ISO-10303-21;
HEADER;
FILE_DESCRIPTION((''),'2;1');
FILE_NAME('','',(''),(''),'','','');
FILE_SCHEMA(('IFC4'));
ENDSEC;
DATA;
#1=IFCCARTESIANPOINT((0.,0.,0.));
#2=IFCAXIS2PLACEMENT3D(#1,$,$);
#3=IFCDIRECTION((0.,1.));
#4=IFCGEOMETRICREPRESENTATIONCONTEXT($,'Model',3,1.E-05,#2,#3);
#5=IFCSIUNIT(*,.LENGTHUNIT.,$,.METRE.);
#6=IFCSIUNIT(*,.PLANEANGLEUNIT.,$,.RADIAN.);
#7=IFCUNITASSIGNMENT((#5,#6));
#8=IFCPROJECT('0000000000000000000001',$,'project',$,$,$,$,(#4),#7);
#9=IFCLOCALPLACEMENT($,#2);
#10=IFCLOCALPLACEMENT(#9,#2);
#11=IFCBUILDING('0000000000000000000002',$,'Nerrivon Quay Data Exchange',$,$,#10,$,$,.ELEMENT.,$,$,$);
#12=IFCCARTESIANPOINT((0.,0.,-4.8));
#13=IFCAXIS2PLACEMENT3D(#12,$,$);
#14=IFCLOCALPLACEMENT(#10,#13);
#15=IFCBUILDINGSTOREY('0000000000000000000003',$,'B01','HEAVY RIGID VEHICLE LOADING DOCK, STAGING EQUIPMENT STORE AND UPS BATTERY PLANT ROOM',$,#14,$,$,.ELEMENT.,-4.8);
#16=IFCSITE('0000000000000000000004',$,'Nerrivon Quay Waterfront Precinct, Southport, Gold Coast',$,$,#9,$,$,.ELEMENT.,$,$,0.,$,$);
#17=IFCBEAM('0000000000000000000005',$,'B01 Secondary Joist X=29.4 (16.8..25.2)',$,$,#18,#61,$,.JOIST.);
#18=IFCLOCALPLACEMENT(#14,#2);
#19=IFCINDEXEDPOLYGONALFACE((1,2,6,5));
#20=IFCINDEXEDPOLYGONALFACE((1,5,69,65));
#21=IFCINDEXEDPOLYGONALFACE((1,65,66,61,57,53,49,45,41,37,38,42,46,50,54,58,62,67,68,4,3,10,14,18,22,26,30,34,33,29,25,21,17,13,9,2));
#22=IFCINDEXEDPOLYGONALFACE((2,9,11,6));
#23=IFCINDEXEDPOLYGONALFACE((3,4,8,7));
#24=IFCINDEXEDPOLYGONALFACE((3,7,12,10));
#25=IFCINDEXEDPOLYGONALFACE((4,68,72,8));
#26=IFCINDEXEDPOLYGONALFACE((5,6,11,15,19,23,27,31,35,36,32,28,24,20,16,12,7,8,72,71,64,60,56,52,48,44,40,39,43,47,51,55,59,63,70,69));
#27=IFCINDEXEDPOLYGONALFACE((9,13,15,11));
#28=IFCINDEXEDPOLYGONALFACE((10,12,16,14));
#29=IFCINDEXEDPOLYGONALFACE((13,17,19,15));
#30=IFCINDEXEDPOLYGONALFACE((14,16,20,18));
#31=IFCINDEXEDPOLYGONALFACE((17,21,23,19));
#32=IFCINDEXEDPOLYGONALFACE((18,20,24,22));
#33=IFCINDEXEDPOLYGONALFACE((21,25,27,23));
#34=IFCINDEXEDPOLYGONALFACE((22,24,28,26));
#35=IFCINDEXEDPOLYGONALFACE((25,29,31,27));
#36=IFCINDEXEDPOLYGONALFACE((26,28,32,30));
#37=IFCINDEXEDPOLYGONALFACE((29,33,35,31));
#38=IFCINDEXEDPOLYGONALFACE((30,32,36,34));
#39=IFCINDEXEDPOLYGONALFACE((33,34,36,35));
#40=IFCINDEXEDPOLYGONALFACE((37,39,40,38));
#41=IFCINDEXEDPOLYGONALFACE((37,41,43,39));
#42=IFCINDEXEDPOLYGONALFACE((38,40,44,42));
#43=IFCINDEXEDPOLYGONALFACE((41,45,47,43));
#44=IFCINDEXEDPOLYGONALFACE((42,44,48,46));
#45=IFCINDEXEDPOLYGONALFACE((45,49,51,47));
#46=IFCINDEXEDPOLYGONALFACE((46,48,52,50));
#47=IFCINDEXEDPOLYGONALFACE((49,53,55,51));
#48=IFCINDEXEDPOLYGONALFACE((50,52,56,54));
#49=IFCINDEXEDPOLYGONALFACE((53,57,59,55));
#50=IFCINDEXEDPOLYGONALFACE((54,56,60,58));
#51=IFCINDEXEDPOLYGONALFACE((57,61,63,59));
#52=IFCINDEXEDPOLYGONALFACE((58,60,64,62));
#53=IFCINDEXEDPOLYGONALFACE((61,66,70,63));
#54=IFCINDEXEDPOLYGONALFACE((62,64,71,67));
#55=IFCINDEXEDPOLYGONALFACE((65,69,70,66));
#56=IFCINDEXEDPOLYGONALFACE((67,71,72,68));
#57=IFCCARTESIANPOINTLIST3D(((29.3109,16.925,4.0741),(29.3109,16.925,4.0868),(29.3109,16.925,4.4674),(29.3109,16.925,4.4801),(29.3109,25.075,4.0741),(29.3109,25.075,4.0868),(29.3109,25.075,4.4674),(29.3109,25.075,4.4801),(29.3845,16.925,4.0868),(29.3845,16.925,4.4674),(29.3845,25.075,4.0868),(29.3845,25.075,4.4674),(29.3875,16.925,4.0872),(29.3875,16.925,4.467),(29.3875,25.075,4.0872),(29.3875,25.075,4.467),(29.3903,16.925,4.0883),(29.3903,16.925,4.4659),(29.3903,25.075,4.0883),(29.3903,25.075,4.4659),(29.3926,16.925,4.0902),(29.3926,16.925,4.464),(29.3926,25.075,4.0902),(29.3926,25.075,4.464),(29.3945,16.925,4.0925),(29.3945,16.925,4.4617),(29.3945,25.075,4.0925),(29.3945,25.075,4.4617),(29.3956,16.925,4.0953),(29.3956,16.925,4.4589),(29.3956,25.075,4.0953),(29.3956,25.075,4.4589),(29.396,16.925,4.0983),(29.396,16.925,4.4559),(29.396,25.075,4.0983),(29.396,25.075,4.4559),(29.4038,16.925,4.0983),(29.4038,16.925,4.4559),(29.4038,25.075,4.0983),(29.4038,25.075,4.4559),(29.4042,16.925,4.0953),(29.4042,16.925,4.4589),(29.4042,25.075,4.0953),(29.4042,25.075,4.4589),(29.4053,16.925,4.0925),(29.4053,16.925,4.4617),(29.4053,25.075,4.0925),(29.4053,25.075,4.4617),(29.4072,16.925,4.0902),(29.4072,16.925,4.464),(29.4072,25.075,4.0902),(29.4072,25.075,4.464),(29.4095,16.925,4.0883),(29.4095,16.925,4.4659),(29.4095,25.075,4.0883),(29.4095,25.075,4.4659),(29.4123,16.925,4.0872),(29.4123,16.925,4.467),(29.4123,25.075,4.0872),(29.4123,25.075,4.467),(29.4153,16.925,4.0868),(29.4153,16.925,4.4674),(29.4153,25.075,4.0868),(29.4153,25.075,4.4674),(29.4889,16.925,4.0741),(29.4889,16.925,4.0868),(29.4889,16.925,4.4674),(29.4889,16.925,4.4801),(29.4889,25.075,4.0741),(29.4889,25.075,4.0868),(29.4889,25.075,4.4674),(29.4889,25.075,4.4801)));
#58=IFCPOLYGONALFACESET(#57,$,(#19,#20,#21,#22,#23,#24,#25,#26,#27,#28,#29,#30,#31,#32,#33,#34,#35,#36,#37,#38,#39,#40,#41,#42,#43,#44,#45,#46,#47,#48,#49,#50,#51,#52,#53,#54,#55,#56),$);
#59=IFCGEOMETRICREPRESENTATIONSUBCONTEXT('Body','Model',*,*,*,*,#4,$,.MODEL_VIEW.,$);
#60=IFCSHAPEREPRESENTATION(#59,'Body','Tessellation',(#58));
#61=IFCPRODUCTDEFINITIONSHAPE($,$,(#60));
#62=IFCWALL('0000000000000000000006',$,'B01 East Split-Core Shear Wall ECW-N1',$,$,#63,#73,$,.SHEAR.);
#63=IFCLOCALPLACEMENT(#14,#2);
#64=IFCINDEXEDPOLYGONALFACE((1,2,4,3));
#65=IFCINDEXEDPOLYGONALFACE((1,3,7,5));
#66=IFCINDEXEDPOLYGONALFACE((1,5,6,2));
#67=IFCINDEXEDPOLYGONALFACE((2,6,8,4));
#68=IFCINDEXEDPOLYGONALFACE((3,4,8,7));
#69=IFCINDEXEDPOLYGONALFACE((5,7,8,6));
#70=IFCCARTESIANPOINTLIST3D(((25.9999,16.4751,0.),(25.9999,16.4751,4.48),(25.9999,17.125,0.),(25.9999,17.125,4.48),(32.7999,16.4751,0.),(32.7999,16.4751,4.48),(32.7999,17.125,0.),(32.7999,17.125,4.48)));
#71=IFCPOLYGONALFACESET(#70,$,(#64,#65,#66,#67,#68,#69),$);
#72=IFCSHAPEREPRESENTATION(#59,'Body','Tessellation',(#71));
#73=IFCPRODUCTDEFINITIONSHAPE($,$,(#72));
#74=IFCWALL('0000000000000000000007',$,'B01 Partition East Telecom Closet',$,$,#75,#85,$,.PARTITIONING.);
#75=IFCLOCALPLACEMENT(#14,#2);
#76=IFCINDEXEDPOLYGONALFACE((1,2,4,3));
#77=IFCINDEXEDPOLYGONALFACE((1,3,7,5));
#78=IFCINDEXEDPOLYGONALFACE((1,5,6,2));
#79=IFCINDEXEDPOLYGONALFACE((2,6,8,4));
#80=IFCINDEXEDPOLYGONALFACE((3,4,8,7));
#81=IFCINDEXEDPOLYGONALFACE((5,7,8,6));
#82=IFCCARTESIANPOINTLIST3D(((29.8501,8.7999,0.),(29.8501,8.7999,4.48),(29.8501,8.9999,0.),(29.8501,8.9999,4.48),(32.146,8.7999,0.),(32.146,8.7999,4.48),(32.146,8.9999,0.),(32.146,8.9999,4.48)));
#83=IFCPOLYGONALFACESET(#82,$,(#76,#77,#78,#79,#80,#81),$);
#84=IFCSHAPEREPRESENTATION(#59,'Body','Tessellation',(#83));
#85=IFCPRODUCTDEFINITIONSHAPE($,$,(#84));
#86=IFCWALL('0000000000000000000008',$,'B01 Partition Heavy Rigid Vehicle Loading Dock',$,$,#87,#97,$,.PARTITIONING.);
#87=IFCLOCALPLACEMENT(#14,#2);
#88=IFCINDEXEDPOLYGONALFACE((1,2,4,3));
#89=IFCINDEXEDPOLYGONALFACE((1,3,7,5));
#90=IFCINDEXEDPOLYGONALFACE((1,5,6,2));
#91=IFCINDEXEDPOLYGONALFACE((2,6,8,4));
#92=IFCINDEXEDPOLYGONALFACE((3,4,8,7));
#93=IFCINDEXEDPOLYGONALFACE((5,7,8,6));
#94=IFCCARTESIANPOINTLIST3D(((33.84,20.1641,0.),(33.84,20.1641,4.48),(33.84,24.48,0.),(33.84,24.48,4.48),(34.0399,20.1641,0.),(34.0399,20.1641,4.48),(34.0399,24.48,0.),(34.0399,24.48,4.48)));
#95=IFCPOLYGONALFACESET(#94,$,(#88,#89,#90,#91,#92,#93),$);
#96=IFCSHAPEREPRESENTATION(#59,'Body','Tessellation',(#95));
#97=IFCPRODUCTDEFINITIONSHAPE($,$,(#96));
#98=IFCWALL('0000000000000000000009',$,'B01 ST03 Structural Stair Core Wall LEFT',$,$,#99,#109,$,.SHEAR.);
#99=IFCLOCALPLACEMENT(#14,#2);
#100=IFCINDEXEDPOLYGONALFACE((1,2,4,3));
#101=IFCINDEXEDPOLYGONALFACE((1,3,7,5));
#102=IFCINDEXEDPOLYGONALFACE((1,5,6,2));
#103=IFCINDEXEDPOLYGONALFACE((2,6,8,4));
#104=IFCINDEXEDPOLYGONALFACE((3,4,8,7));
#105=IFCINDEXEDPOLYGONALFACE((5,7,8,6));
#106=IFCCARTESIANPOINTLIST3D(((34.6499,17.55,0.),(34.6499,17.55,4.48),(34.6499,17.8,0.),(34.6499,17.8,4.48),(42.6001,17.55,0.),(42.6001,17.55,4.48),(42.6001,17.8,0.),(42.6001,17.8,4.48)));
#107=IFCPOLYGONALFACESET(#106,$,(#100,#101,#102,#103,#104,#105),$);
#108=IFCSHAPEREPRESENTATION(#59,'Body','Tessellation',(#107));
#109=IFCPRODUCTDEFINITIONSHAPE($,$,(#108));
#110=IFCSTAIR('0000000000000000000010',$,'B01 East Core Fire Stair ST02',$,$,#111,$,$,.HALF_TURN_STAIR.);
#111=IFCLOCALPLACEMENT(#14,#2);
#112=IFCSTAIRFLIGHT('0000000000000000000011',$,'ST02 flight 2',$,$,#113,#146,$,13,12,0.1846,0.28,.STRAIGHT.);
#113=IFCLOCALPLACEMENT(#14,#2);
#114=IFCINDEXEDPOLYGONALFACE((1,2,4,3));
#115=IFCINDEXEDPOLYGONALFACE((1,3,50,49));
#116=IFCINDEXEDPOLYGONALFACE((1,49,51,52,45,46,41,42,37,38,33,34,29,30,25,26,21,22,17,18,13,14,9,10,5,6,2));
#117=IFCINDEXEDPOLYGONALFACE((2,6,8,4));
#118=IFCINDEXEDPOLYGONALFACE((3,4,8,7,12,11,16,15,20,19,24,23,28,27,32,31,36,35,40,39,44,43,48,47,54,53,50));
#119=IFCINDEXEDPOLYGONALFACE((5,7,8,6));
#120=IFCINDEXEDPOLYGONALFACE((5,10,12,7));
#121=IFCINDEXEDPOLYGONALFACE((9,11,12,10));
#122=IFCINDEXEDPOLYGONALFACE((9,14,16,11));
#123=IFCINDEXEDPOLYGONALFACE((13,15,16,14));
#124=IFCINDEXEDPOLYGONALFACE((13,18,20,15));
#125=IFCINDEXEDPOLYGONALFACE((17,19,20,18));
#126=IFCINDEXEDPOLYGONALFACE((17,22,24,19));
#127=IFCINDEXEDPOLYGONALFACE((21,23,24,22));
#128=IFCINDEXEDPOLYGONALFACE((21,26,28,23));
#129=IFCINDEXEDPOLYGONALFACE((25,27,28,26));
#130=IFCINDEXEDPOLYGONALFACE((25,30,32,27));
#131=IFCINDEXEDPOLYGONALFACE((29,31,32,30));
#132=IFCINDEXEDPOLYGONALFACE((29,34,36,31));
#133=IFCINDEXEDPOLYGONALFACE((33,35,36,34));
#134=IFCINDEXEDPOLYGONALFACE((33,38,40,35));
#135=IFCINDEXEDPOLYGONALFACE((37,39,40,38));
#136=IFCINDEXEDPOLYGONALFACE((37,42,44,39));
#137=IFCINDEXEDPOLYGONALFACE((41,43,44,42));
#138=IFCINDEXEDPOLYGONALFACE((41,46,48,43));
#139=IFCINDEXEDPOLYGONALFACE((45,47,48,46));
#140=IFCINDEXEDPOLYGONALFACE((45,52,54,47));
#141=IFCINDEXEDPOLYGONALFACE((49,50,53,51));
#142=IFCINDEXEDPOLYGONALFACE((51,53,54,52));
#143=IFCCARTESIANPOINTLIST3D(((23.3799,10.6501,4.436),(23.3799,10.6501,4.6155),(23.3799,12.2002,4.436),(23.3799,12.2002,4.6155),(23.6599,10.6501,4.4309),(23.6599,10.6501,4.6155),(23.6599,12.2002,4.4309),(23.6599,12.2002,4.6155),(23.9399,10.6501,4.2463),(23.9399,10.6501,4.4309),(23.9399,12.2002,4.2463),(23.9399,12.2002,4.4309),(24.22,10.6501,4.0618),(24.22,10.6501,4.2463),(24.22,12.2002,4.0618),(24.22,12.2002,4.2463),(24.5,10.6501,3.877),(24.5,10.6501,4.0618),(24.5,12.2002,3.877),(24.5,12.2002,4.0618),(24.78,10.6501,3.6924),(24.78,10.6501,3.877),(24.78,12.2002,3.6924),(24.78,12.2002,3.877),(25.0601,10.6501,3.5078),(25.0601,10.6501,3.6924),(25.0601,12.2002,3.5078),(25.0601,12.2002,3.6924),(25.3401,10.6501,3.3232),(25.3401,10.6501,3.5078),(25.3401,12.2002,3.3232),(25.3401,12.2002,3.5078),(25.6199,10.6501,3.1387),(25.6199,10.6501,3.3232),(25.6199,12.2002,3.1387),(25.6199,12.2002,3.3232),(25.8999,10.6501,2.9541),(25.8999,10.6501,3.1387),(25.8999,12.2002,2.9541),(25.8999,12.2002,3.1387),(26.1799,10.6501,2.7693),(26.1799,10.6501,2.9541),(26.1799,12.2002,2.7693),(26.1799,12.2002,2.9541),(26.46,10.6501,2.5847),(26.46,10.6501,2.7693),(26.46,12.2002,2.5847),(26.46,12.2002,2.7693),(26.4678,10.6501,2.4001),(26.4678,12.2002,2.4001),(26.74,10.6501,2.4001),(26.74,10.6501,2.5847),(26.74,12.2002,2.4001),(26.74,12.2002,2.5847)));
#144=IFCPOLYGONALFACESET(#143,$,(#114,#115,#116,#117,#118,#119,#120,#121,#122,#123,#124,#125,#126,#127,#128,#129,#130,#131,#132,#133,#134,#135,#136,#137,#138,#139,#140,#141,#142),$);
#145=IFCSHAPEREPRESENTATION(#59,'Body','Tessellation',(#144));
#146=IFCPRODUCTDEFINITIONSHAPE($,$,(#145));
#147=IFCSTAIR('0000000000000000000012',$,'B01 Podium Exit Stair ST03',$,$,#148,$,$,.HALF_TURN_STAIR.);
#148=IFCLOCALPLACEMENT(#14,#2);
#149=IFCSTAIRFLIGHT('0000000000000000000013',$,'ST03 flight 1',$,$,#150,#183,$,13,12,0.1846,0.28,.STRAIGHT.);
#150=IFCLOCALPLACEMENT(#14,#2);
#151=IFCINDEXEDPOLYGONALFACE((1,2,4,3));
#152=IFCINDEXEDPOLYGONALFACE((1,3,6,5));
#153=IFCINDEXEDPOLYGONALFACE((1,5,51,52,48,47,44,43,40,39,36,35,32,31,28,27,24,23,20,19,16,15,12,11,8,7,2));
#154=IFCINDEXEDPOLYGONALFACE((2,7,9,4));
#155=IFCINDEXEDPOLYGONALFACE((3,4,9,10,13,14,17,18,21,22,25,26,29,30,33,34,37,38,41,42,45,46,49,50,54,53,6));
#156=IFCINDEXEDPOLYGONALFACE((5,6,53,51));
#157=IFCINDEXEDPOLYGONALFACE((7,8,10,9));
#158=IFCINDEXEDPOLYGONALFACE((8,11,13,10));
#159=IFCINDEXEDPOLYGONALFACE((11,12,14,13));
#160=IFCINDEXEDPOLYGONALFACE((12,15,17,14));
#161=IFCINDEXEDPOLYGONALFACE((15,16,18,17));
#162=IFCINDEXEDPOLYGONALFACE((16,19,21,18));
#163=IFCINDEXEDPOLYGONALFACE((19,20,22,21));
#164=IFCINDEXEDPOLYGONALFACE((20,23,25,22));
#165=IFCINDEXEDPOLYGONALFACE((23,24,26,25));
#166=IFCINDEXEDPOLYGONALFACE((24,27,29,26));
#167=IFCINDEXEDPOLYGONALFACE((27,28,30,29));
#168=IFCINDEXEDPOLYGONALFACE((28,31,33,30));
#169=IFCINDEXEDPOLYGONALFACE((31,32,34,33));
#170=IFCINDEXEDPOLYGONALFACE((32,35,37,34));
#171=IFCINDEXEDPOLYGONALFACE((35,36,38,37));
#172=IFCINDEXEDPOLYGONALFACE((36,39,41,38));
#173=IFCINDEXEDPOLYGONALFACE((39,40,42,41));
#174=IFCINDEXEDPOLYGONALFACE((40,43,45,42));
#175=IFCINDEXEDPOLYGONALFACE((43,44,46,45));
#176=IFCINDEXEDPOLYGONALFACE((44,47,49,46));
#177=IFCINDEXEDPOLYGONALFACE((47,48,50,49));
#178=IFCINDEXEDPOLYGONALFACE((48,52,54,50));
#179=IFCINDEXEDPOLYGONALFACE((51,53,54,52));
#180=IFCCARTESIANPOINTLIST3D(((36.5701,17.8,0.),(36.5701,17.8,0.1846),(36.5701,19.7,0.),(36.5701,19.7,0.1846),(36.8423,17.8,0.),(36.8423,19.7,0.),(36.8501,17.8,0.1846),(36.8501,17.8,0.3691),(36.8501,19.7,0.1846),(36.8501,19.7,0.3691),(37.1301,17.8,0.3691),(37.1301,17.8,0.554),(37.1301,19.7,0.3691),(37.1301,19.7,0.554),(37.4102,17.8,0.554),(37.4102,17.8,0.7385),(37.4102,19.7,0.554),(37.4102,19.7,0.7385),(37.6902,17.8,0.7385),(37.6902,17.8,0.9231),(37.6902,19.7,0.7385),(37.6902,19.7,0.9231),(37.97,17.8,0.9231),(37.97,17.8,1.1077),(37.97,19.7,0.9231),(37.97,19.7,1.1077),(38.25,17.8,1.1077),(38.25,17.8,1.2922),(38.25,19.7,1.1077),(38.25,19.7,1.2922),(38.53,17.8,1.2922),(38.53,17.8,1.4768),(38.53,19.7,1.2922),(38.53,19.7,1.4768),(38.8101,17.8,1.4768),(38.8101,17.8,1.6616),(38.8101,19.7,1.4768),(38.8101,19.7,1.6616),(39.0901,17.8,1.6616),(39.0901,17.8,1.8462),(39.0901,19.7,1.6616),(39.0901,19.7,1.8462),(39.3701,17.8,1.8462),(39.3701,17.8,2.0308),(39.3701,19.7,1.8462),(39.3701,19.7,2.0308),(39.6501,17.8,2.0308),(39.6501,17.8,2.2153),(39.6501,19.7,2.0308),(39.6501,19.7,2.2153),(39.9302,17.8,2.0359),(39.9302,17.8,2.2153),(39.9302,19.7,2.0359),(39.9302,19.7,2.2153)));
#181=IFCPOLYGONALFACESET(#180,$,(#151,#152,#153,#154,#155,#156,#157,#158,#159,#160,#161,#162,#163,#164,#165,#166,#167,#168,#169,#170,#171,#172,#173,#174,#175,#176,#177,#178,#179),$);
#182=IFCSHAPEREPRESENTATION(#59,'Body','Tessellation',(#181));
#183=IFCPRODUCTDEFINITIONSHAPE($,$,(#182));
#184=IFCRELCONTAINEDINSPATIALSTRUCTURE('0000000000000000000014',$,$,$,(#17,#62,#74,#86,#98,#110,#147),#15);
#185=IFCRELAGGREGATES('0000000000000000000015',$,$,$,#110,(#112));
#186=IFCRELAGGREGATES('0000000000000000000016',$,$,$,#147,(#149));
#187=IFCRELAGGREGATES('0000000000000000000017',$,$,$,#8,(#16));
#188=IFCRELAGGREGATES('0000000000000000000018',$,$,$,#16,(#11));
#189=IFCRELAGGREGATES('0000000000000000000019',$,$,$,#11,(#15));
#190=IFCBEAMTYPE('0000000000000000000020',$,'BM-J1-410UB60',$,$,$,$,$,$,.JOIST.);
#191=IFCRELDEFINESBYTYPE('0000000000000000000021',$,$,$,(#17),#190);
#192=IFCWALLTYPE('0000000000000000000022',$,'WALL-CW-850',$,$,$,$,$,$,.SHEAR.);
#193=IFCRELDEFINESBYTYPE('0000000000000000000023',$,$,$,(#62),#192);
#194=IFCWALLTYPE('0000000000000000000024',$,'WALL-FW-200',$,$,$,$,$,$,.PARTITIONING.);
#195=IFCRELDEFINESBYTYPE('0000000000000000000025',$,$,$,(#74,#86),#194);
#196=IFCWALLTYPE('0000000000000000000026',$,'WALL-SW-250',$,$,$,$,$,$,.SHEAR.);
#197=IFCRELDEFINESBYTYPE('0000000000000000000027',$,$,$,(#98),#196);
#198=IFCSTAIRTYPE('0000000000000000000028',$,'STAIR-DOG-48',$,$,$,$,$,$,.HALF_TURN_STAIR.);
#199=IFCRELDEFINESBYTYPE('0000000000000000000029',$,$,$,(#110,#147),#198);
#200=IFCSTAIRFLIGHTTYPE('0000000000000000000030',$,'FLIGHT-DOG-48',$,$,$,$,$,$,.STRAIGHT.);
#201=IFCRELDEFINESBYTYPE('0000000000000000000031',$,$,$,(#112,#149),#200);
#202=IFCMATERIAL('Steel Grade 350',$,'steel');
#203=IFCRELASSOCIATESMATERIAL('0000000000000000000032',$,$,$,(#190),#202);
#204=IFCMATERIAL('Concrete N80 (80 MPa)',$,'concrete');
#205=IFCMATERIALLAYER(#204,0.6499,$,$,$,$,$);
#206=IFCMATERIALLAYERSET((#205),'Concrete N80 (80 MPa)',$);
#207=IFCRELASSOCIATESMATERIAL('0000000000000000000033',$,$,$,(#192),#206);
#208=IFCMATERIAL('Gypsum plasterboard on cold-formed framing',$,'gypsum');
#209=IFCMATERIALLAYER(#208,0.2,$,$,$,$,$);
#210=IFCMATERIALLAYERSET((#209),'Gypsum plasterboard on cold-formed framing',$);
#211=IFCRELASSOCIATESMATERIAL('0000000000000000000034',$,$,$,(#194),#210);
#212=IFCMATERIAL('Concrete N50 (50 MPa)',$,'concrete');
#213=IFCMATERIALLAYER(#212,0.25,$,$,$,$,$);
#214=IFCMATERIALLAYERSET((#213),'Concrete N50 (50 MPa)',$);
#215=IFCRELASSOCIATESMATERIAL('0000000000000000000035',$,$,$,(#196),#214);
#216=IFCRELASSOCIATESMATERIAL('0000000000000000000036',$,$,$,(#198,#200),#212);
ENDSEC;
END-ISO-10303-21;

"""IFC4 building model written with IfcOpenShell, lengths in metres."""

from ifc_helpers import new_model, si_unit, direction, frame, frame_2d, origin, origin_2d, place, context, subcontext, project, spatial, polyline, rectangle, i_section, outline, extrude, material, layer, layer_set, material_profile, profile_set, type_object, element, aggregate, save


model = new_model("IFC4")

# Units and contexts
model_context = context("Model", 3, precision=1e-05, world=origin(), true_north=direction((0.0, 1.0)))
body_context = subcontext(model_context, "Body", "Model", "MODEL_VIEW")
ifc_project = project(units=[si_unit("LENGTHUNIT", "METRE"), si_unit("PLANEANGLEUNIT", "RADIAN")], contexts=[model_context])

# Site, building, storey
site_placement = place(None, origin())
site = spatial("IfcSite", under=ifc_project, at=site_placement, Name="Nerrivon Quay Waterfront Precinct, Southport, Gold Coast", CompositionType="ELEMENT", RefElevation=0.0)
building_placement = place(site_placement, origin())
building = spatial("IfcBuilding", under=site, at=building_placement, Name="Nerrivon Quay Data Exchange", CompositionType="ELEMENT")
storey_placement = place(building_placement, frame((0.0, 0.0, -4.8)))
storey = spatial("IfcBuildingStorey", under=building, at=storey_placement, Name="B01", Description="HEAVY RIGID VEHICLE LOADING DOCK, STAGING EQUIPMENT STORE AND UPS BATTERY PLANT ROOM", CompositionType="ELEMENT", Elevation=-4.8)

# Shared definitions
ifc_material_1 = material(Name="Concrete N80 (80 MPa)", Category="concrete")

# Beam
ifc_material_2 = material(Name="Steel Grade 350", Category="steel")
ifc_material_profile_1 = material_profile(ifc_material_2, i_section(OverallWidth=0.178, OverallDepth=0.406, WebThickness=0.0078, FlangeThickness=0.0127, FilletRadius=0.0115, at=origin_2d()), Name="410UB59.7")
ifc_profile_set_1 = profile_set([ifc_material_profile_1], Name="Steel Grade 350")
beam_type_1 = type_object("IfcBeamType", Name="BM-J1-410UB60", PredefinedType="JOIST", material=ifc_profile_set_1)
beam_1_placement = place(storey_placement, frame((29.3999, 16.925, 4.2771), z_axis=(0.0, 1.0, 0.0), x_axis=(-1.0, 0.0, 0.0)))
element("IfcBeam", 1, at=beam_1_placement, inside=storey, type_object=beam_type_1, Name="B01 Secondary Joist X=29.4 (16.8..25.2)", PredefinedType="JOIST", context=body_context, shape_type="SweptSolid", body=[
    extrude(i_section(OverallWidth=0.178, OverallDepth=0.406, WebThickness=0.0078, FlangeThickness=0.0127, FilletRadius=0.0115, at=origin_2d()), origin(), (0.0, 0.0, 1.0), 8.1499),
])

# Wall
ifc_layer_1 = layer(ifc_material_1, 0.6499)
ifc_layer_set_1 = layer_set([ifc_layer_1], Name="Concrete N80 (80 MPa)")
wall_type_1 = type_object("IfcWallType", Name="WALL-CW-850", PredefinedType="SHEAR", material=ifc_layer_set_1)
wall_1_placement = place(storey_placement, frame((26.0, 16.8, 0.0), z_axis=(0.0, 0.0, 1.0), x_axis=(1.0, 0.0, 0.0)))
element("IfcWall", 2, at=wall_1_placement, inside=storey, type_object=wall_type_1, Name="B01 East Split-Core Shear Wall ECW-N1", PredefinedType="SHEAR", context=body_context, shape_type="SweptSolid", body=[
    extrude(rectangle(XDim=6.8, YDim=0.6499, at=frame_2d((3.3999, 0.0))), origin(), (0.0, 0.0, 1.0), 4.48),
])

# Shared definitions
ifc_material_3 = material(Name="Gypsum plasterboard on cold-formed framing", Category="gypsum")
ifc_layer_2 = layer(ifc_material_3, 0.2)
ifc_layer_set_2 = layer_set([ifc_layer_2], Name="Gypsum plasterboard on cold-formed framing")
wall_type_2 = type_object("IfcWallType", Name="WALL-FW-200", PredefinedType="PARTITIONING", material=ifc_layer_set_2)

# Walls
wall_2_placement = place(storey_placement, frame((29.8501, 8.8999, 0.0), z_axis=(0.0, 0.0, 1.0), x_axis=(1.0, 0.0, 0.0)))
element("IfcWall", 3, at=wall_2_placement, inside=storey, type_object=wall_type_2, Name="B01 Partition East Telecom Closet", PredefinedType="PARTITIONING", context=body_context, shape_type="SweptSolid", body=[
    extrude(rectangle(XDim=2.2959, YDim=0.2, at=frame_2d((1.1479, 0.0))), origin(), (0.0, 0.0, 1.0), 4.48),
])
wall_3_placement = place(storey_placement, frame((33.9399, 20.1641, 0.0), z_axis=(0.0, 0.0, 1.0), x_axis=(0.0, 1.0, 0.0)))
element("IfcWall", 4, at=wall_3_placement, inside=storey, type_object=wall_type_2, Name="B01 Partition Heavy Rigid Vehicle Loading Dock", PredefinedType="PARTITIONING", context=body_context, shape_type="SweptSolid", body=[
    extrude(rectangle(XDim=4.3159, YDim=0.2, at=frame_2d((2.158, 0.0))), origin(), (0.0, 0.0, 1.0), 4.48),
])

# Shared definitions
ifc_material_4 = material(Name="Concrete N50 (50 MPa)", Category="concrete")
ifc_layer_3 = layer(ifc_material_4, 0.25)
ifc_layer_set_3 = layer_set([ifc_layer_3], Name="Concrete N50 (50 MPa)")
wall_type_3 = type_object("IfcWallType", Name="WALL-SW-250", PredefinedType="SHEAR", material=ifc_layer_set_3)

# Wall
wall_4_placement = place(storey_placement, frame((34.6499, 17.675, 0.0), z_axis=(0.0, 0.0, 1.0), x_axis=(1.0, 0.0, 0.0)))
element("IfcWall", 5, at=wall_4_placement, inside=storey, type_object=wall_type_3, Name="B01 ST03 Structural Stair Core Wall LEFT", PredefinedType="SHEAR", context=body_context, shape_type="SweptSolid", body=[
    extrude(rectangle(XDim=7.9502, YDim=0.25, at=frame_2d((3.9751, 0.0))), origin(), (0.0, 0.0, 1.0), 4.48),
])

# Stairs, stair flights
stair_type = type_object("IfcStairType", Name="STAIR-DOG-48", PredefinedType="HALF_TURN_STAIR", material=ifc_material_4)
stair_1_placement = place(storey_placement, origin())
stair_1 = element("IfcStair", 6, at=stair_1_placement, inside=storey, type_object=stair_type, Name="B01 East Core Fire Stair ST02", PredefinedType="HALF_TURN_STAIR")
stair_flight_type = type_object("IfcStairFlightType", Name="FLIGHT-DOG-48", PredefinedType="STRAIGHT", material=ifc_material_4)
stair_flight_1_placement = place(storey_placement, frame((26.74, 11.425, 2.4001), z_axis=(0.0, 0.0, 1.0), x_axis=(-1.0, 0.0, 0.0)))
stair_flight_1 = element("IfcStairFlight", 7, at=stair_flight_1_placement, type_object=stair_flight_type, Name="ST02 flight 2", NumberOfRisers=13, NumberOfTreads=12, PredefinedType="STRAIGHT", RiserHeight=0.1846, TreadLength=0.28, context=body_context, shape_type="SweptSolid", body=[
    extrude(outline(polyline([(0.0, 0.0), (0.0, 0.1846), (0.28, 0.1846), (0.28, 0.3691), (0.5601, 0.3691), (0.5601, 0.554), (0.8401, 0.554), (0.8401, 0.7385), (1.1201, 0.7385), (1.1201, 0.9231), (1.3999, 0.9231), (1.3999, 1.1077), (1.6799, 1.1077), (1.6799, 1.2922), (1.96, 1.2922), (1.96, 1.4768), (2.24, 1.4768), (2.24, 1.6616), (2.52, 1.6616), (2.52, 1.8462), (2.8, 1.8462), (2.8, 2.0308), (3.0801, 2.0308), (3.0801, 2.2153), (3.3601, 2.2153), (3.3601, 2.3999), (3.3601, 2.0359), (0.2722, 0.0), (0.0, 0.0)])), frame((0.0, 0.7749, 0.0), z_axis=(0.0, -1.0, 0.0), x_axis=(1.0, 0.0, 0.0)), (0.0, 0.0, 1.0), 1.55),
])
aggregate(stair_1, [stair_flight_1])
stair_2_placement = place(storey_placement, origin())
stair_2 = element("IfcStair", 8, at=stair_2_placement, inside=storey, type_object=stair_type, Name="B01 Podium Exit Stair ST03", PredefinedType="HALF_TURN_STAIR")
stair_flight_2_placement = place(storey_placement, frame((36.5701, 18.75, 0.0), z_axis=(0.0, 0.0, 1.0), x_axis=(1.0, 0.0, 0.0)))
stair_flight_2 = element("IfcStairFlight", 9, at=stair_flight_2_placement, type_object=stair_flight_type, Name="ST03 flight 1", NumberOfRisers=13, NumberOfTreads=12, PredefinedType="STRAIGHT", RiserHeight=0.1846, TreadLength=0.28, context=body_context, shape_type="SweptSolid", body=[
    extrude(outline(polyline([(0.0, 0.0), (0.0, 0.1846), (0.28, 0.1846), (0.28, 0.3691), (0.5601, 0.3691), (0.5601, 0.554), (0.8401, 0.554), (0.8401, 0.7385), (1.1201, 0.7385), (1.1201, 0.9231), (1.3999, 0.9231), (1.3999, 1.1077), (1.6799, 1.1077), (1.6799, 1.2922), (1.96, 1.2922), (1.96, 1.4768), (2.24, 1.4768), (2.24, 1.6616), (2.52, 1.6616), (2.52, 1.8462), (2.8, 1.8462), (2.8, 2.0308), (3.0801, 2.0308), (3.0801, 2.2153), (3.3601, 2.2153), (3.3601, 2.3999), (3.3601, 2.0359), (0.2722, 0.0), (0.0, 0.0)])), frame((0.0, 0.95, 0.0), z_axis=(0.0, -1.0, 0.0), x_axis=(1.0, 0.0, 0.0)), (0.0, 0.0, 1.0), 1.8999),
])
aggregate(stair_2, [stair_flight_2])

save(model, "model.ifc")
